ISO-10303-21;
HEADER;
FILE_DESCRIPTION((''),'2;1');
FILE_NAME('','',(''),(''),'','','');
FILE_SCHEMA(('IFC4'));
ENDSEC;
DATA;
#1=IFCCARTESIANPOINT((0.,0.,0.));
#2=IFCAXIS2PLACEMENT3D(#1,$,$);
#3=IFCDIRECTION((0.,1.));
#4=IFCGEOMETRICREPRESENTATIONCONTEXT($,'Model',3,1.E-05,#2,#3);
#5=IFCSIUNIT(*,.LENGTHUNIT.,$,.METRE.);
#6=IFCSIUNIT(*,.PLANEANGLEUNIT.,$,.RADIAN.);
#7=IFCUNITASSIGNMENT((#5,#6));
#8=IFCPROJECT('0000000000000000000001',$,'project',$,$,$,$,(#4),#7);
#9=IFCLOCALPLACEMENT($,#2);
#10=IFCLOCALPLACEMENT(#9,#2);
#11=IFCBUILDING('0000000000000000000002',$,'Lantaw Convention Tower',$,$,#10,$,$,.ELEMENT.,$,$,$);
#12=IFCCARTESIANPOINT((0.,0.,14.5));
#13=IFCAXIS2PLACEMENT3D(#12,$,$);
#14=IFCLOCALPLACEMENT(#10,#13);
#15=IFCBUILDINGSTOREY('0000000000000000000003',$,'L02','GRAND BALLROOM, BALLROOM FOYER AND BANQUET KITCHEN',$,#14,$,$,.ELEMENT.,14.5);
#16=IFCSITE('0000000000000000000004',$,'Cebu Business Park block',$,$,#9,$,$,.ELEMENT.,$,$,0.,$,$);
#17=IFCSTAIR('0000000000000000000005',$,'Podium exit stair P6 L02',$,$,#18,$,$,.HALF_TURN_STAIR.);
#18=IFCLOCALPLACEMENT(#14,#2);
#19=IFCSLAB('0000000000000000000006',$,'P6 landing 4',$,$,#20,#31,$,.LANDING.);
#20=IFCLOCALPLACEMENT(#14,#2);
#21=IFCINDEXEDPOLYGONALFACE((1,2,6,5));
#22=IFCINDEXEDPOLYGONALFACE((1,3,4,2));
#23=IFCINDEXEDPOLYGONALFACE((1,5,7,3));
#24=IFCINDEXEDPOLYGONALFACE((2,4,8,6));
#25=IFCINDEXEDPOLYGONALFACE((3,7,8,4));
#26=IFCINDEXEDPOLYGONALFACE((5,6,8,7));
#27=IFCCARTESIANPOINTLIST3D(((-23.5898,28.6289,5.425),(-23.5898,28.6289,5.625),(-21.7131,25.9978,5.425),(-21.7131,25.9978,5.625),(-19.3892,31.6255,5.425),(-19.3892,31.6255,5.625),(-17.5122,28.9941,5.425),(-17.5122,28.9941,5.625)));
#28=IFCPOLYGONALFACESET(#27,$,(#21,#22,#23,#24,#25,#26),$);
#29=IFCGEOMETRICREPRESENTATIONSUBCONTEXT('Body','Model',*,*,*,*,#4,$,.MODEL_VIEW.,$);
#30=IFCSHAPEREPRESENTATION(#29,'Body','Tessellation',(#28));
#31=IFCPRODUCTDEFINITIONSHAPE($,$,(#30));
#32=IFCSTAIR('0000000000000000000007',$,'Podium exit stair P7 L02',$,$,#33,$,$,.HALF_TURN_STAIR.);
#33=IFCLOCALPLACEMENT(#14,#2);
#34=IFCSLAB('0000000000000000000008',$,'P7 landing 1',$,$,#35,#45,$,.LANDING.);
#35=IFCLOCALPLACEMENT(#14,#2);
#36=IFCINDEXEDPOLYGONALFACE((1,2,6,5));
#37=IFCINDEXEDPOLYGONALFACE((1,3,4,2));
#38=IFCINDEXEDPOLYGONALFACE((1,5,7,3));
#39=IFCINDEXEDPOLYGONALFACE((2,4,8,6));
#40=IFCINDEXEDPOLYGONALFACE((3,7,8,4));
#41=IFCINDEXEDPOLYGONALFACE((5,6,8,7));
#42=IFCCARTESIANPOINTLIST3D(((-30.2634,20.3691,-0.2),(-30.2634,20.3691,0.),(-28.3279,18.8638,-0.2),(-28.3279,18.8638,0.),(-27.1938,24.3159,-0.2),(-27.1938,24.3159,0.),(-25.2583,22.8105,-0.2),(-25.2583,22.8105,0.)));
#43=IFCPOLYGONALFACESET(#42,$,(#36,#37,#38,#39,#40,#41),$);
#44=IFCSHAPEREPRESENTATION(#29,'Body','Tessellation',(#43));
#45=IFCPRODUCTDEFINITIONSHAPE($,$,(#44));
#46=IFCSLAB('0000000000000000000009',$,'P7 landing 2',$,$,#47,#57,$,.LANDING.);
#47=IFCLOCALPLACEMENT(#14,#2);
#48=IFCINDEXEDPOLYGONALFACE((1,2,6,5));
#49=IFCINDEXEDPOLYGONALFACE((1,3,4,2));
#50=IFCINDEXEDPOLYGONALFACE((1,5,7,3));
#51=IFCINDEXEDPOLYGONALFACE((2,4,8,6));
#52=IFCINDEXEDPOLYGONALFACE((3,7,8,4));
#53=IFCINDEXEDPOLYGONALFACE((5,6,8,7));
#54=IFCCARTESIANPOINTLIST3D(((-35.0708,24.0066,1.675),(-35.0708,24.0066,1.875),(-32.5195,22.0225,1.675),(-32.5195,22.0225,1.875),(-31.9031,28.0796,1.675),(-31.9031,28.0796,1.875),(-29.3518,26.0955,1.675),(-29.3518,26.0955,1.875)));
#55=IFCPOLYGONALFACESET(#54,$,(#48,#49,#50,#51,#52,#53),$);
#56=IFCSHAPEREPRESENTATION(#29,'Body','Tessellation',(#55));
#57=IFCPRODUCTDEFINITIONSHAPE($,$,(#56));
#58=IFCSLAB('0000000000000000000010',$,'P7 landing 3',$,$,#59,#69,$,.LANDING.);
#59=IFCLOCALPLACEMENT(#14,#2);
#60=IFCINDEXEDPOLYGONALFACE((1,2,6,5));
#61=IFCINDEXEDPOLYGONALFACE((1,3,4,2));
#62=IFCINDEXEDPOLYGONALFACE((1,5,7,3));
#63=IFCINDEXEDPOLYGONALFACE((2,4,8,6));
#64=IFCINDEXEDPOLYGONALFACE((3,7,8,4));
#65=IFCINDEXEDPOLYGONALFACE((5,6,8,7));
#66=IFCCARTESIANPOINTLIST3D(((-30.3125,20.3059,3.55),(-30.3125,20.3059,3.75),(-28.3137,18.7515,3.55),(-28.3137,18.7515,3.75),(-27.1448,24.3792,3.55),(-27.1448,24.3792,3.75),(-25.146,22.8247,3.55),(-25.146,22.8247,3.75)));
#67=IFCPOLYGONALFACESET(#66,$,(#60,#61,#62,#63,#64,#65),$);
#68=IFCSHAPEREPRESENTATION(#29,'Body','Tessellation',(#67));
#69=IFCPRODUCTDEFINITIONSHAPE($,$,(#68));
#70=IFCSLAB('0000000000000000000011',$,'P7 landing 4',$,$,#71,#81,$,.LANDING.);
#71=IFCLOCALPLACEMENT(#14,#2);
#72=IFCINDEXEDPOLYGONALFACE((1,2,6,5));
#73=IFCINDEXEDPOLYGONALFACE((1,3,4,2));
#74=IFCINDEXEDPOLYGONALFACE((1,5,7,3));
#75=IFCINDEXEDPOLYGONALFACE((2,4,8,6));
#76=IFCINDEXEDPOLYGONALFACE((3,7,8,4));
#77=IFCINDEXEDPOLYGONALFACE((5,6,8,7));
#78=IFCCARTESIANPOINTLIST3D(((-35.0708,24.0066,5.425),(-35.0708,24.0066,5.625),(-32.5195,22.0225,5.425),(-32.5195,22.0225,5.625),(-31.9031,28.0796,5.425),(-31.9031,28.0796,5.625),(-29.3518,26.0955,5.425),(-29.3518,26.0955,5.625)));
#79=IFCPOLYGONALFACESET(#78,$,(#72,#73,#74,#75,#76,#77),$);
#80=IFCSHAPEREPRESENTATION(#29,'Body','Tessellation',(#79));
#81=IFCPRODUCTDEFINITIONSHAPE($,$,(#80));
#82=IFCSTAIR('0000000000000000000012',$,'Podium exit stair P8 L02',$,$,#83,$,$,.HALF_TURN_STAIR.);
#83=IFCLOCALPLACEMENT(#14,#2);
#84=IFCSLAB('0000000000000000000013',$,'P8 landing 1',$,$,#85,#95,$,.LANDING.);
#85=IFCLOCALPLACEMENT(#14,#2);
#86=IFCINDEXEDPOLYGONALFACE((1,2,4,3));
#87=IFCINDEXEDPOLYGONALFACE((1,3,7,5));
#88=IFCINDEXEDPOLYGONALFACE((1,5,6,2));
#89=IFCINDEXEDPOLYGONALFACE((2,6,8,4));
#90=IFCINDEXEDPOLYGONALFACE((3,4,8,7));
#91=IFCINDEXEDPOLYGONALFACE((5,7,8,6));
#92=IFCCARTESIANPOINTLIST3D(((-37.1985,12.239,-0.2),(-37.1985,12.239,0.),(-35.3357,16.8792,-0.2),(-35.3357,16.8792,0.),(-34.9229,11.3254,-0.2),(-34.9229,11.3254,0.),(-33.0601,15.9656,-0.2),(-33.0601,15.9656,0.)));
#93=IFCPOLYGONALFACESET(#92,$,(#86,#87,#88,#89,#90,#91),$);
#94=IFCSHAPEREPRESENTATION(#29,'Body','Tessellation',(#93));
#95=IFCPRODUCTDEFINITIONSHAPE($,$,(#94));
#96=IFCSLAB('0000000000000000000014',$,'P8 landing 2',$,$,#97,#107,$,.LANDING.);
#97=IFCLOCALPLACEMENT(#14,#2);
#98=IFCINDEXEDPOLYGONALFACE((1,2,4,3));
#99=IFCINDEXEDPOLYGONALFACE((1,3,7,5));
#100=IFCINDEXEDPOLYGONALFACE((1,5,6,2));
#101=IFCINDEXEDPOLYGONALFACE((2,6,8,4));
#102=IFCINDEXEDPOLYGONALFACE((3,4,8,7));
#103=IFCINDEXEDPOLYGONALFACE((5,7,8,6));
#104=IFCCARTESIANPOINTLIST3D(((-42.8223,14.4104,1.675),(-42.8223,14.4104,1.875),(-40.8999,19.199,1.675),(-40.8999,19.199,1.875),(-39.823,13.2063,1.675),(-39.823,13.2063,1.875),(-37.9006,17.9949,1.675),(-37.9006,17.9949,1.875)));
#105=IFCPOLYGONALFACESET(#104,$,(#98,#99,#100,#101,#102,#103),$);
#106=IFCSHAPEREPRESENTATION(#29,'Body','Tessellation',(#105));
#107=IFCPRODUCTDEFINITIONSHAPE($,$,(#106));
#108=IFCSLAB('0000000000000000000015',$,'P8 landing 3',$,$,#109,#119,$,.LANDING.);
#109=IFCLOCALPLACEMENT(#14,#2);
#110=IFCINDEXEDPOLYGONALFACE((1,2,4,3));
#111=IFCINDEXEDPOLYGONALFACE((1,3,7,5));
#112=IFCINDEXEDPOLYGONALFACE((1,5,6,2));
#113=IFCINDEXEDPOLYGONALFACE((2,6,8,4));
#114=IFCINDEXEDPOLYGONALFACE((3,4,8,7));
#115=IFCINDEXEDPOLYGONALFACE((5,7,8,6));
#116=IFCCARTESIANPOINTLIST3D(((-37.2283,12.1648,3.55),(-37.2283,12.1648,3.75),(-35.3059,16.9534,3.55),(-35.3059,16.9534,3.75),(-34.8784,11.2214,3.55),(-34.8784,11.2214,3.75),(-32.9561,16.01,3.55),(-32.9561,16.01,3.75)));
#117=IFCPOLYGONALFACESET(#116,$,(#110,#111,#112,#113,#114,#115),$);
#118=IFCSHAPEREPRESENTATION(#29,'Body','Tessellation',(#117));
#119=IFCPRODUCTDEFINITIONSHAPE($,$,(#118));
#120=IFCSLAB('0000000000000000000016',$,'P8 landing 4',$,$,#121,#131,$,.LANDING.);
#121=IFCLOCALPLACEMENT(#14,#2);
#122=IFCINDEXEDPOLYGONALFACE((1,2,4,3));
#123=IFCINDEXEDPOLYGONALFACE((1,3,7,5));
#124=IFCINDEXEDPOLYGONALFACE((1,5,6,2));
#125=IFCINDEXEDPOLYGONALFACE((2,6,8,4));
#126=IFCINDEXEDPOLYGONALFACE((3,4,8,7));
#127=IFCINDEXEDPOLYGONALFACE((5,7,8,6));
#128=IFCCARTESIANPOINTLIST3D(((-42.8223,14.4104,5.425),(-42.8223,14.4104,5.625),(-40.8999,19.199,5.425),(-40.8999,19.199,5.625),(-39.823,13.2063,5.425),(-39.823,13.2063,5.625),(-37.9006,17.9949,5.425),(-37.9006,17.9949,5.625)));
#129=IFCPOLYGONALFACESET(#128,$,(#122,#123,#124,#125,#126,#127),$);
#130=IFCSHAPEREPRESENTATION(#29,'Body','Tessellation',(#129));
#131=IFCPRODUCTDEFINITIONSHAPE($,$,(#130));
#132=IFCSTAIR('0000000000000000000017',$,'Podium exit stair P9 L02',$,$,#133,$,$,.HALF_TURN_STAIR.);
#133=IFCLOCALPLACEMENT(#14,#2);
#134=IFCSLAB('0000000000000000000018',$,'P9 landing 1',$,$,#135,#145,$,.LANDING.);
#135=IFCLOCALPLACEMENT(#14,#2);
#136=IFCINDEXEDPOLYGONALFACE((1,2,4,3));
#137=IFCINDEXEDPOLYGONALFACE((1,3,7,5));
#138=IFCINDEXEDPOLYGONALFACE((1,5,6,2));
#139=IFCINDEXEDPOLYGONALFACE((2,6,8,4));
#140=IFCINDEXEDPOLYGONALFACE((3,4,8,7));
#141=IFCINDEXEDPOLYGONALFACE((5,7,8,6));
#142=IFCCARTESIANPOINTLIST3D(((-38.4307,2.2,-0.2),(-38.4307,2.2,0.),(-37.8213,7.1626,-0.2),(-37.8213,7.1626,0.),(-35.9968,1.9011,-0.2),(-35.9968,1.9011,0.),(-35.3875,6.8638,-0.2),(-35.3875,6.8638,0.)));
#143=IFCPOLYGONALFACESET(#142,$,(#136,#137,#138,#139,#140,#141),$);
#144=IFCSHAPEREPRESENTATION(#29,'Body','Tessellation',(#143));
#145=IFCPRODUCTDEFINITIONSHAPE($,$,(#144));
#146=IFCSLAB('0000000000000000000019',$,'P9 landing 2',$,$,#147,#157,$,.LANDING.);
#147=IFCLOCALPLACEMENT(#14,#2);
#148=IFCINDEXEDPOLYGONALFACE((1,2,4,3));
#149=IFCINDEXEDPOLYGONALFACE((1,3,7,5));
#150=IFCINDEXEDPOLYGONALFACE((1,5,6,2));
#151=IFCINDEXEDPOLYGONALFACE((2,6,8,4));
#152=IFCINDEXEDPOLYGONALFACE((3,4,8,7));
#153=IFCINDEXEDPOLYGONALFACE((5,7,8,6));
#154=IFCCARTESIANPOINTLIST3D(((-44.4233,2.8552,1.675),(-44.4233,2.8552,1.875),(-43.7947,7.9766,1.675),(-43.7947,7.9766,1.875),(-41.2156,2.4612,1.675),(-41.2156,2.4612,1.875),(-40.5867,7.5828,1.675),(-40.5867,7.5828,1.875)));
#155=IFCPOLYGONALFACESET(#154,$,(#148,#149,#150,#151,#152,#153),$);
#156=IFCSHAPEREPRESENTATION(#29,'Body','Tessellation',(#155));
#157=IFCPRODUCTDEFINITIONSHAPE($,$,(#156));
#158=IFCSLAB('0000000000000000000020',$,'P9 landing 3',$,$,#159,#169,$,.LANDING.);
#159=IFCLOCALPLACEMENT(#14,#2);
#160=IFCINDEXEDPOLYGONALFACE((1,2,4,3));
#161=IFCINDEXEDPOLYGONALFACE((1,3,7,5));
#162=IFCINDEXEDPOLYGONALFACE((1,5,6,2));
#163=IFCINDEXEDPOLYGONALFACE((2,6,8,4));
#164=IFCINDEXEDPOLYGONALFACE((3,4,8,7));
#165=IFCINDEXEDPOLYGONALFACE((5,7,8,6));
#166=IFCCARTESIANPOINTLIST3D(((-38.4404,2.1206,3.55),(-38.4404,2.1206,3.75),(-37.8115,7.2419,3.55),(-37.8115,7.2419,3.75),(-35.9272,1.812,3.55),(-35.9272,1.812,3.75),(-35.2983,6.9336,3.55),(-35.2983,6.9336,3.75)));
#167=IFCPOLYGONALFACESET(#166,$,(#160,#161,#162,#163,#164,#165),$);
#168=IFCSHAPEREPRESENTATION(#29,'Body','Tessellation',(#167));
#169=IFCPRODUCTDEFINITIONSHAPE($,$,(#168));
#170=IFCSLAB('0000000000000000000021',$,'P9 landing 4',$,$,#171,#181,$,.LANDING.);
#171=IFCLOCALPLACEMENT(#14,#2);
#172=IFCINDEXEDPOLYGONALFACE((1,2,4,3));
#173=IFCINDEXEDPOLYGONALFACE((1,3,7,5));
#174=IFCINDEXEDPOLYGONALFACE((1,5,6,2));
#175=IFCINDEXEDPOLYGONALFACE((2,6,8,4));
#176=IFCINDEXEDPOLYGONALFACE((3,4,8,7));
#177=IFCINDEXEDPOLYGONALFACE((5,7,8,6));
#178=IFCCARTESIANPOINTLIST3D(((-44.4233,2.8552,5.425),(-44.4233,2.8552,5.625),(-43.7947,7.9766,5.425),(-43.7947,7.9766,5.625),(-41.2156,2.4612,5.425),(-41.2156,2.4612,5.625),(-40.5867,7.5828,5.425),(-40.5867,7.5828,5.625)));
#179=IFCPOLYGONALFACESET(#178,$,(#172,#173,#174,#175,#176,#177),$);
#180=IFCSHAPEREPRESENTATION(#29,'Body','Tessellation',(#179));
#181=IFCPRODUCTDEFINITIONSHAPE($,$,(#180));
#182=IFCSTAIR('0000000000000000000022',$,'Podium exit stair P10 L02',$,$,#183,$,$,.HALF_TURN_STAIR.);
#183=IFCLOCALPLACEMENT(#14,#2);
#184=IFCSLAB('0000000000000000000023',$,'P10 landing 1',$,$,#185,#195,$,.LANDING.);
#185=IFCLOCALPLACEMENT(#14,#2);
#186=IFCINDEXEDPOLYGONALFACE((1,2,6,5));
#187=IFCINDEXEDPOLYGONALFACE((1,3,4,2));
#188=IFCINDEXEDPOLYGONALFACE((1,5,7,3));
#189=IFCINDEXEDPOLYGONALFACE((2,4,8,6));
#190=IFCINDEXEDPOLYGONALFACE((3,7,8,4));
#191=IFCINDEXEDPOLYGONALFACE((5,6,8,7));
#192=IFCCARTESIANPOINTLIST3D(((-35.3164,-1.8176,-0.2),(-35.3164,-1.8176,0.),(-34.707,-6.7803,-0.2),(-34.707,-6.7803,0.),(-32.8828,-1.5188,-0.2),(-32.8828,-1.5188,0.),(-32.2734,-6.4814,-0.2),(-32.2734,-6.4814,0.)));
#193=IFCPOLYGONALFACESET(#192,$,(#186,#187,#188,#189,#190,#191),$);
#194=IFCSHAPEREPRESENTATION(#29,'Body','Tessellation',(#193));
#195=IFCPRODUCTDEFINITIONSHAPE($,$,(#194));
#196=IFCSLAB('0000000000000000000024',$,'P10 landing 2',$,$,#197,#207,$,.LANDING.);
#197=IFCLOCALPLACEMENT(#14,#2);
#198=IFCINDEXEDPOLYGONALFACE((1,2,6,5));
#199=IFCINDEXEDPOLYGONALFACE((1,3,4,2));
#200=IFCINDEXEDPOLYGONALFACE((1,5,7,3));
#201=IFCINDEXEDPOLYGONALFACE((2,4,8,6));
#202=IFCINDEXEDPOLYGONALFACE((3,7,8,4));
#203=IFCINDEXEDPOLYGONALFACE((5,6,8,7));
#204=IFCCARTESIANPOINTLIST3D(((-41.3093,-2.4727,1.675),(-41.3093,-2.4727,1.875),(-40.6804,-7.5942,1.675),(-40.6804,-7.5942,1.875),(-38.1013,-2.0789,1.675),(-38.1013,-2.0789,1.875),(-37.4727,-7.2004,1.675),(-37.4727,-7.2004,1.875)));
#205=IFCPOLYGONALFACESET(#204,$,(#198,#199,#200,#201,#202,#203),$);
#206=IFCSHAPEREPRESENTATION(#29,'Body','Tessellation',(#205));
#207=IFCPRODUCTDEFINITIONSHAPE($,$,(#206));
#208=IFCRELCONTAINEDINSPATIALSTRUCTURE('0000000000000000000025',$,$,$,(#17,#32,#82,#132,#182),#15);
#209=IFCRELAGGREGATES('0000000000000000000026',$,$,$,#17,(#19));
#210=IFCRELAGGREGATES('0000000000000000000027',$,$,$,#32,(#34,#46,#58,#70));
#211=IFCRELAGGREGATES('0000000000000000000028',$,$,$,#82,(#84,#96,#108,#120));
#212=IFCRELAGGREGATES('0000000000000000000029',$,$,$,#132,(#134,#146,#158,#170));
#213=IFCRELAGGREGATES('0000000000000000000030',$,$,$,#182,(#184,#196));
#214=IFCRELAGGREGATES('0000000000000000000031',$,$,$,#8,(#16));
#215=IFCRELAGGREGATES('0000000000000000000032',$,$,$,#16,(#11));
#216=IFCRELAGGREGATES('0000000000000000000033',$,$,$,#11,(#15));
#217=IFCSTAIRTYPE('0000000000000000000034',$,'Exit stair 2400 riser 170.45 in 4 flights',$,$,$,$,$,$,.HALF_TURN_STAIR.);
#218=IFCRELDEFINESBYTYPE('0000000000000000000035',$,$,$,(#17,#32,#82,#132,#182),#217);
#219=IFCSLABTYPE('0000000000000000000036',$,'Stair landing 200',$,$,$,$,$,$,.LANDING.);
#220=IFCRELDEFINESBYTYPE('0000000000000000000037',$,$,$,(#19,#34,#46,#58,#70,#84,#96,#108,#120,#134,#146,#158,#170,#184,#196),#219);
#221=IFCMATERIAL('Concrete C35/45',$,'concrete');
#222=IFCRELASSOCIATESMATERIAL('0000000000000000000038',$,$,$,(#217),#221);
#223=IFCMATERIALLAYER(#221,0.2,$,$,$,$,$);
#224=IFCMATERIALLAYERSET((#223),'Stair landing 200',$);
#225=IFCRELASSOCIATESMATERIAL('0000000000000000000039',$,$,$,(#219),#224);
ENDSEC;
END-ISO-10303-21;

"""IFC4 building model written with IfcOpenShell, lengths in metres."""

from ifc_helpers import new_model, si_unit, direction, frame, origin, place, context, subcontext, project, spatial, polyline, outline, extrude, material, layer, layer_set, type_object, element, aggregate, save


model = new_model("IFC4")

# Units and contexts
model_context = context("Model", 3, precision=1e-05, world=origin(), true_north=direction((0.0, 1.0)))
body_context = subcontext(model_context, "Body", "Model", "MODEL_VIEW")
ifc_project = project(units=[si_unit("LENGTHUNIT", "METRE"), si_unit("PLANEANGLEUNIT", "RADIAN")], contexts=[model_context])

# Site, building, storey
site_placement = place(None, origin())
site = spatial("IfcSite", under=ifc_project, at=site_placement, Name="Cebu Business Park block", CompositionType="ELEMENT", RefElevation=0.0)
building_placement = place(site_placement, origin())
building = spatial("IfcBuilding", under=site, at=building_placement, Name="Lantaw Convention Tower", CompositionType="ELEMENT")
storey_placement = place(building_placement, frame((0.0, 0.0, 14.5)))
storey = spatial("IfcBuildingStorey", under=building, at=storey_placement, Name="L02", Description="GRAND BALLROOM, BALLROOM FOYER AND BANQUET KITCHEN", CompositionType="ELEMENT", Elevation=14.5)

# Stair, slab
ifc_material = material(Name="Concrete C35/45", Category="concrete")
stair_type = type_object("IfcStairType", Name="Exit stair 2400 riser 170.45 in 4 flights", PredefinedType="HALF_TURN_STAIR", material=ifc_material)
stair_1_placement = place(storey_placement, origin())
stair_1 = element("IfcStair", 1, at=stair_1_placement, inside=storey, type_object=stair_type, Name="Podium exit stair P6 L02", PredefinedType="HALF_TURN_STAIR")
ifc_layer = layer(ifc_material, 0.2)
ifc_layer_set = layer_set([ifc_layer], Name="Stair landing 200")
slab_type = type_object("IfcSlabType", Name="Stair landing 200", PredefinedType="LANDING", material=ifc_layer_set)
slab_1_placement = place(storey_placement, frame((0.0, 0.0, 5.425)))
slab_1 = element("IfcSlab", 2, at=slab_1_placement, type_object=slab_type, Name="P6 landing 4", PredefinedType="LANDING", context=body_context, shape_type="SweptSolid", body=[
    extrude(outline(polyline([(-17.5122, 28.9941), (-19.3892, 31.6255), (-23.5898, 28.6289), (-21.7131, 25.9978), (-17.5122, 28.9941)])), origin(), (0.0, 0.0, 1.0), 0.2),
])
aggregate(stair_1, [slab_1])

# Stairs, slabs
stair_2_placement = place(storey_placement, origin())
stair_2 = element("IfcStair", 3, at=stair_2_placement, inside=storey, type_object=stair_type, Name="Podium exit stair P7 L02", PredefinedType="HALF_TURN_STAIR")
slab_2_placement = place(storey_placement, frame((0.0, 0.0, -0.2)))
slab_2 = element("IfcSlab", 4, at=slab_2_placement, type_object=slab_type, Name="P7 landing 1", PredefinedType="LANDING", context=body_context, shape_type="SweptSolid", body=[
    extrude(outline(polyline([(-25.2583, 22.8105), (-27.1938, 24.3159), (-30.2634, 20.3691), (-28.3279, 18.8638), (-25.2583, 22.8105)])), origin(), (0.0, 0.0, 1.0), 0.2),
])
slab_3_placement = place(storey_placement, frame((0.0, 0.0, 1.675)))
slab_3 = element("IfcSlab", 5, at=slab_3_placement, type_object=slab_type, Name="P7 landing 2", PredefinedType="LANDING", context=body_context, shape_type="SweptSolid", body=[
    extrude(outline(polyline([(-29.3518, 26.0955), (-31.9031, 28.0796), (-35.0708, 24.0066), (-32.5195, 22.0225), (-29.3518, 26.0955)])), origin(), (0.0, 0.0, 1.0), 0.2),
])
slab_4_placement = place(storey_placement, frame((0.0, 0.0, 3.55)))
slab_4 = element("IfcSlab", 6, at=slab_4_placement, type_object=slab_type, Name="P7 landing 3", PredefinedType="LANDING", context=body_context, shape_type="SweptSolid", body=[
    extrude(outline(polyline([(-25.146, 22.8247), (-27.1448, 24.3792), (-30.3125, 20.3059), (-28.3137, 18.7515), (-25.146, 22.8247)])), origin(), (0.0, 0.0, 1.0), 0.2),
])
slab_5_placement = place(storey_placement, frame((0.0, 0.0, 5.425)))
slab_5 = element("IfcSlab", 7, at=slab_5_placement, type_object=slab_type, Name="P7 landing 4", PredefinedType="LANDING", context=body_context, shape_type="SweptSolid", body=[
    extrude(outline(polyline([(-29.3518, 26.0955), (-31.9031, 28.0796), (-35.0708, 24.0066), (-32.5195, 22.0225), (-29.3518, 26.0955)])), origin(), (0.0, 0.0, 1.0), 0.2),
])
aggregate(stair_2, [slab_2, slab_3, slab_4, slab_5])
stair_3_placement = place(storey_placement, origin())
stair_3 = element("IfcStair", 8, at=stair_3_placement, inside=storey, type_object=stair_type, Name="Podium exit stair P8 L02", PredefinedType="HALF_TURN_STAIR")
slab_6_placement = place(storey_placement, frame((0.0, 0.0, -0.2)))
slab_6 = element("IfcSlab", 9, at=slab_6_placement, type_object=slab_type, Name="P8 landing 1", PredefinedType="LANDING", context=body_context, shape_type="SweptSolid", body=[
    extrude(outline(polyline([(-33.0601, 15.9656), (-35.3357, 16.8792), (-37.1985, 12.239), (-34.9229, 11.3254), (-33.0601, 15.9656)])), origin(), (0.0, 0.0, 1.0), 0.2),
])
slab_7_placement = place(storey_placement, frame((0.0, 0.0, 1.675)))
slab_7 = element("IfcSlab", 10, at=slab_7_placement, type_object=slab_type, Name="P8 landing 2", PredefinedType="LANDING", context=body_context, shape_type="SweptSolid", body=[
    extrude(outline(polyline([(-37.9006, 17.9949), (-40.8999, 19.199), (-42.8223, 14.4104), (-39.823, 13.2063), (-37.9006, 17.9949)])), origin(), (0.0, 0.0, 1.0), 0.2),
])
slab_8_placement = place(storey_placement, frame((0.0, 0.0, 3.55)))
slab_8 = element("IfcSlab", 11, at=slab_8_placement, type_object=slab_type, Name="P8 landing 3", PredefinedType="LANDING", context=body_context, shape_type="SweptSolid", body=[
    extrude(outline(polyline([(-32.9561, 16.01), (-35.3059, 16.9534), (-37.2283, 12.1648), (-34.8784, 11.2214), (-32.9561, 16.01)])), origin(), (0.0, 0.0, 1.0), 0.2),
])
slab_9_placement = place(storey_placement, frame((0.0, 0.0, 5.425)))
slab_9 = element("IfcSlab", 12, at=slab_9_placement, type_object=slab_type, Name="P8 landing 4", PredefinedType="LANDING", context=body_context, shape_type="SweptSolid", body=[
    extrude(outline(polyline([(-37.9006, 17.9949), (-40.8999, 19.199), (-42.8223, 14.4104), (-39.823, 13.2063), (-37.9006, 17.9949)])), origin(), (0.0, 0.0, 1.0), 0.2),
])
aggregate(stair_3, [slab_6, slab_7, slab_8, slab_9])
stair_4_placement = place(storey_placement, origin())
stair_4 = element("IfcStair", 13, at=stair_4_placement, inside=storey, type_object=stair_type, Name="Podium exit stair P9 L02", PredefinedType="HALF_TURN_STAIR")
slab_10_placement = place(storey_placement, frame((0.0, 0.0, -0.2)))
slab_10 = element("IfcSlab", 14, at=slab_10_placement, type_object=slab_type, Name="P9 landing 1", PredefinedType="LANDING", context=body_context, shape_type="SweptSolid", body=[
    extrude(outline(polyline([(-35.3875, 6.8638), (-37.8213, 7.1626), (-38.4307, 2.2), (-35.9968, 1.9011), (-35.3875, 6.8638)])), origin(), (0.0, 0.0, 1.0), 0.2),
])
slab_11_placement = place(storey_placement, frame((0.0, 0.0, 1.675)))
slab_11 = element("IfcSlab", 15, at=slab_11_placement, type_object=slab_type, Name="P9 landing 2", PredefinedType="LANDING", context=body_context, shape_type="SweptSolid", body=[
    extrude(outline(polyline([(-40.5867, 7.5828), (-43.7947, 7.9766), (-44.4233, 2.8552), (-41.2156, 2.4612), (-40.5867, 7.5828)])), origin(), (0.0, 0.0, 1.0), 0.2),
])
slab_12_placement = place(storey_placement, frame((0.0, 0.0, 3.55)))
slab_12 = element("IfcSlab", 16, at=slab_12_placement, type_object=slab_type, Name="P9 landing 3", PredefinedType="LANDING", context=body_context, shape_type="SweptSolid", body=[
    extrude(outline(polyline([(-35.2983, 6.9336), (-37.8115, 7.2419), (-38.4404, 2.1206), (-35.9272, 1.812), (-35.2983, 6.9336)])), origin(), (0.0, 0.0, 1.0), 0.2),
])
slab_13_placement = place(storey_placement, frame((0.0, 0.0, 5.425)))
slab_13 = element("IfcSlab", 17, at=slab_13_placement, type_object=slab_type, Name="P9 landing 4", PredefinedType="LANDING", context=body_context, shape_type="SweptSolid", body=[
    extrude(outline(polyline([(-40.5867, 7.5828), (-43.7947, 7.9766), (-44.4233, 2.8552), (-41.2156, 2.4612), (-40.5867, 7.5828)])), origin(), (0.0, 0.0, 1.0), 0.2),
])
aggregate(stair_4, [slab_10, slab_11, slab_12, slab_13])
stair_5_placement = place(storey_placement, origin())
stair_5 = element("IfcStair", 18, at=stair_5_placement, inside=storey, type_object=stair_type, Name="Podium exit stair P10 L02", PredefinedType="HALF_TURN_STAIR")
slab_14_placement = place(storey_placement, frame((0.0, 0.0, -0.2)))
slab_14 = element("IfcSlab", 19, at=slab_14_placement, type_object=slab_type, Name="P10 landing 1", PredefinedType="LANDING", context=body_context, shape_type="SweptSolid", body=[
    extrude(outline(polyline([(-32.8828, -1.5188), (-35.3164, -1.8176), (-34.707, -6.7803), (-32.2734, -6.4814), (-32.8828, -1.5188)])), origin(), (0.0, 0.0, 1.0), 0.2),
])
slab_15_placement = place(storey_placement, frame((0.0, 0.0, 1.675)))
slab_15 = element("IfcSlab", 20, at=slab_15_placement, type_object=slab_type, Name="P10 landing 2", PredefinedType="LANDING", context=body_context, shape_type="SweptSolid", body=[
    extrude(outline(polyline([(-38.1013, -2.0789), (-41.3093, -2.4727), (-40.6804, -7.5942), (-37.4727, -7.2004), (-38.1013, -2.0789)])), origin(), (0.0, 0.0, 1.0), 0.2),
])
aggregate(stair_5, [slab_14, slab_15])

save(model, "model.ifc")
